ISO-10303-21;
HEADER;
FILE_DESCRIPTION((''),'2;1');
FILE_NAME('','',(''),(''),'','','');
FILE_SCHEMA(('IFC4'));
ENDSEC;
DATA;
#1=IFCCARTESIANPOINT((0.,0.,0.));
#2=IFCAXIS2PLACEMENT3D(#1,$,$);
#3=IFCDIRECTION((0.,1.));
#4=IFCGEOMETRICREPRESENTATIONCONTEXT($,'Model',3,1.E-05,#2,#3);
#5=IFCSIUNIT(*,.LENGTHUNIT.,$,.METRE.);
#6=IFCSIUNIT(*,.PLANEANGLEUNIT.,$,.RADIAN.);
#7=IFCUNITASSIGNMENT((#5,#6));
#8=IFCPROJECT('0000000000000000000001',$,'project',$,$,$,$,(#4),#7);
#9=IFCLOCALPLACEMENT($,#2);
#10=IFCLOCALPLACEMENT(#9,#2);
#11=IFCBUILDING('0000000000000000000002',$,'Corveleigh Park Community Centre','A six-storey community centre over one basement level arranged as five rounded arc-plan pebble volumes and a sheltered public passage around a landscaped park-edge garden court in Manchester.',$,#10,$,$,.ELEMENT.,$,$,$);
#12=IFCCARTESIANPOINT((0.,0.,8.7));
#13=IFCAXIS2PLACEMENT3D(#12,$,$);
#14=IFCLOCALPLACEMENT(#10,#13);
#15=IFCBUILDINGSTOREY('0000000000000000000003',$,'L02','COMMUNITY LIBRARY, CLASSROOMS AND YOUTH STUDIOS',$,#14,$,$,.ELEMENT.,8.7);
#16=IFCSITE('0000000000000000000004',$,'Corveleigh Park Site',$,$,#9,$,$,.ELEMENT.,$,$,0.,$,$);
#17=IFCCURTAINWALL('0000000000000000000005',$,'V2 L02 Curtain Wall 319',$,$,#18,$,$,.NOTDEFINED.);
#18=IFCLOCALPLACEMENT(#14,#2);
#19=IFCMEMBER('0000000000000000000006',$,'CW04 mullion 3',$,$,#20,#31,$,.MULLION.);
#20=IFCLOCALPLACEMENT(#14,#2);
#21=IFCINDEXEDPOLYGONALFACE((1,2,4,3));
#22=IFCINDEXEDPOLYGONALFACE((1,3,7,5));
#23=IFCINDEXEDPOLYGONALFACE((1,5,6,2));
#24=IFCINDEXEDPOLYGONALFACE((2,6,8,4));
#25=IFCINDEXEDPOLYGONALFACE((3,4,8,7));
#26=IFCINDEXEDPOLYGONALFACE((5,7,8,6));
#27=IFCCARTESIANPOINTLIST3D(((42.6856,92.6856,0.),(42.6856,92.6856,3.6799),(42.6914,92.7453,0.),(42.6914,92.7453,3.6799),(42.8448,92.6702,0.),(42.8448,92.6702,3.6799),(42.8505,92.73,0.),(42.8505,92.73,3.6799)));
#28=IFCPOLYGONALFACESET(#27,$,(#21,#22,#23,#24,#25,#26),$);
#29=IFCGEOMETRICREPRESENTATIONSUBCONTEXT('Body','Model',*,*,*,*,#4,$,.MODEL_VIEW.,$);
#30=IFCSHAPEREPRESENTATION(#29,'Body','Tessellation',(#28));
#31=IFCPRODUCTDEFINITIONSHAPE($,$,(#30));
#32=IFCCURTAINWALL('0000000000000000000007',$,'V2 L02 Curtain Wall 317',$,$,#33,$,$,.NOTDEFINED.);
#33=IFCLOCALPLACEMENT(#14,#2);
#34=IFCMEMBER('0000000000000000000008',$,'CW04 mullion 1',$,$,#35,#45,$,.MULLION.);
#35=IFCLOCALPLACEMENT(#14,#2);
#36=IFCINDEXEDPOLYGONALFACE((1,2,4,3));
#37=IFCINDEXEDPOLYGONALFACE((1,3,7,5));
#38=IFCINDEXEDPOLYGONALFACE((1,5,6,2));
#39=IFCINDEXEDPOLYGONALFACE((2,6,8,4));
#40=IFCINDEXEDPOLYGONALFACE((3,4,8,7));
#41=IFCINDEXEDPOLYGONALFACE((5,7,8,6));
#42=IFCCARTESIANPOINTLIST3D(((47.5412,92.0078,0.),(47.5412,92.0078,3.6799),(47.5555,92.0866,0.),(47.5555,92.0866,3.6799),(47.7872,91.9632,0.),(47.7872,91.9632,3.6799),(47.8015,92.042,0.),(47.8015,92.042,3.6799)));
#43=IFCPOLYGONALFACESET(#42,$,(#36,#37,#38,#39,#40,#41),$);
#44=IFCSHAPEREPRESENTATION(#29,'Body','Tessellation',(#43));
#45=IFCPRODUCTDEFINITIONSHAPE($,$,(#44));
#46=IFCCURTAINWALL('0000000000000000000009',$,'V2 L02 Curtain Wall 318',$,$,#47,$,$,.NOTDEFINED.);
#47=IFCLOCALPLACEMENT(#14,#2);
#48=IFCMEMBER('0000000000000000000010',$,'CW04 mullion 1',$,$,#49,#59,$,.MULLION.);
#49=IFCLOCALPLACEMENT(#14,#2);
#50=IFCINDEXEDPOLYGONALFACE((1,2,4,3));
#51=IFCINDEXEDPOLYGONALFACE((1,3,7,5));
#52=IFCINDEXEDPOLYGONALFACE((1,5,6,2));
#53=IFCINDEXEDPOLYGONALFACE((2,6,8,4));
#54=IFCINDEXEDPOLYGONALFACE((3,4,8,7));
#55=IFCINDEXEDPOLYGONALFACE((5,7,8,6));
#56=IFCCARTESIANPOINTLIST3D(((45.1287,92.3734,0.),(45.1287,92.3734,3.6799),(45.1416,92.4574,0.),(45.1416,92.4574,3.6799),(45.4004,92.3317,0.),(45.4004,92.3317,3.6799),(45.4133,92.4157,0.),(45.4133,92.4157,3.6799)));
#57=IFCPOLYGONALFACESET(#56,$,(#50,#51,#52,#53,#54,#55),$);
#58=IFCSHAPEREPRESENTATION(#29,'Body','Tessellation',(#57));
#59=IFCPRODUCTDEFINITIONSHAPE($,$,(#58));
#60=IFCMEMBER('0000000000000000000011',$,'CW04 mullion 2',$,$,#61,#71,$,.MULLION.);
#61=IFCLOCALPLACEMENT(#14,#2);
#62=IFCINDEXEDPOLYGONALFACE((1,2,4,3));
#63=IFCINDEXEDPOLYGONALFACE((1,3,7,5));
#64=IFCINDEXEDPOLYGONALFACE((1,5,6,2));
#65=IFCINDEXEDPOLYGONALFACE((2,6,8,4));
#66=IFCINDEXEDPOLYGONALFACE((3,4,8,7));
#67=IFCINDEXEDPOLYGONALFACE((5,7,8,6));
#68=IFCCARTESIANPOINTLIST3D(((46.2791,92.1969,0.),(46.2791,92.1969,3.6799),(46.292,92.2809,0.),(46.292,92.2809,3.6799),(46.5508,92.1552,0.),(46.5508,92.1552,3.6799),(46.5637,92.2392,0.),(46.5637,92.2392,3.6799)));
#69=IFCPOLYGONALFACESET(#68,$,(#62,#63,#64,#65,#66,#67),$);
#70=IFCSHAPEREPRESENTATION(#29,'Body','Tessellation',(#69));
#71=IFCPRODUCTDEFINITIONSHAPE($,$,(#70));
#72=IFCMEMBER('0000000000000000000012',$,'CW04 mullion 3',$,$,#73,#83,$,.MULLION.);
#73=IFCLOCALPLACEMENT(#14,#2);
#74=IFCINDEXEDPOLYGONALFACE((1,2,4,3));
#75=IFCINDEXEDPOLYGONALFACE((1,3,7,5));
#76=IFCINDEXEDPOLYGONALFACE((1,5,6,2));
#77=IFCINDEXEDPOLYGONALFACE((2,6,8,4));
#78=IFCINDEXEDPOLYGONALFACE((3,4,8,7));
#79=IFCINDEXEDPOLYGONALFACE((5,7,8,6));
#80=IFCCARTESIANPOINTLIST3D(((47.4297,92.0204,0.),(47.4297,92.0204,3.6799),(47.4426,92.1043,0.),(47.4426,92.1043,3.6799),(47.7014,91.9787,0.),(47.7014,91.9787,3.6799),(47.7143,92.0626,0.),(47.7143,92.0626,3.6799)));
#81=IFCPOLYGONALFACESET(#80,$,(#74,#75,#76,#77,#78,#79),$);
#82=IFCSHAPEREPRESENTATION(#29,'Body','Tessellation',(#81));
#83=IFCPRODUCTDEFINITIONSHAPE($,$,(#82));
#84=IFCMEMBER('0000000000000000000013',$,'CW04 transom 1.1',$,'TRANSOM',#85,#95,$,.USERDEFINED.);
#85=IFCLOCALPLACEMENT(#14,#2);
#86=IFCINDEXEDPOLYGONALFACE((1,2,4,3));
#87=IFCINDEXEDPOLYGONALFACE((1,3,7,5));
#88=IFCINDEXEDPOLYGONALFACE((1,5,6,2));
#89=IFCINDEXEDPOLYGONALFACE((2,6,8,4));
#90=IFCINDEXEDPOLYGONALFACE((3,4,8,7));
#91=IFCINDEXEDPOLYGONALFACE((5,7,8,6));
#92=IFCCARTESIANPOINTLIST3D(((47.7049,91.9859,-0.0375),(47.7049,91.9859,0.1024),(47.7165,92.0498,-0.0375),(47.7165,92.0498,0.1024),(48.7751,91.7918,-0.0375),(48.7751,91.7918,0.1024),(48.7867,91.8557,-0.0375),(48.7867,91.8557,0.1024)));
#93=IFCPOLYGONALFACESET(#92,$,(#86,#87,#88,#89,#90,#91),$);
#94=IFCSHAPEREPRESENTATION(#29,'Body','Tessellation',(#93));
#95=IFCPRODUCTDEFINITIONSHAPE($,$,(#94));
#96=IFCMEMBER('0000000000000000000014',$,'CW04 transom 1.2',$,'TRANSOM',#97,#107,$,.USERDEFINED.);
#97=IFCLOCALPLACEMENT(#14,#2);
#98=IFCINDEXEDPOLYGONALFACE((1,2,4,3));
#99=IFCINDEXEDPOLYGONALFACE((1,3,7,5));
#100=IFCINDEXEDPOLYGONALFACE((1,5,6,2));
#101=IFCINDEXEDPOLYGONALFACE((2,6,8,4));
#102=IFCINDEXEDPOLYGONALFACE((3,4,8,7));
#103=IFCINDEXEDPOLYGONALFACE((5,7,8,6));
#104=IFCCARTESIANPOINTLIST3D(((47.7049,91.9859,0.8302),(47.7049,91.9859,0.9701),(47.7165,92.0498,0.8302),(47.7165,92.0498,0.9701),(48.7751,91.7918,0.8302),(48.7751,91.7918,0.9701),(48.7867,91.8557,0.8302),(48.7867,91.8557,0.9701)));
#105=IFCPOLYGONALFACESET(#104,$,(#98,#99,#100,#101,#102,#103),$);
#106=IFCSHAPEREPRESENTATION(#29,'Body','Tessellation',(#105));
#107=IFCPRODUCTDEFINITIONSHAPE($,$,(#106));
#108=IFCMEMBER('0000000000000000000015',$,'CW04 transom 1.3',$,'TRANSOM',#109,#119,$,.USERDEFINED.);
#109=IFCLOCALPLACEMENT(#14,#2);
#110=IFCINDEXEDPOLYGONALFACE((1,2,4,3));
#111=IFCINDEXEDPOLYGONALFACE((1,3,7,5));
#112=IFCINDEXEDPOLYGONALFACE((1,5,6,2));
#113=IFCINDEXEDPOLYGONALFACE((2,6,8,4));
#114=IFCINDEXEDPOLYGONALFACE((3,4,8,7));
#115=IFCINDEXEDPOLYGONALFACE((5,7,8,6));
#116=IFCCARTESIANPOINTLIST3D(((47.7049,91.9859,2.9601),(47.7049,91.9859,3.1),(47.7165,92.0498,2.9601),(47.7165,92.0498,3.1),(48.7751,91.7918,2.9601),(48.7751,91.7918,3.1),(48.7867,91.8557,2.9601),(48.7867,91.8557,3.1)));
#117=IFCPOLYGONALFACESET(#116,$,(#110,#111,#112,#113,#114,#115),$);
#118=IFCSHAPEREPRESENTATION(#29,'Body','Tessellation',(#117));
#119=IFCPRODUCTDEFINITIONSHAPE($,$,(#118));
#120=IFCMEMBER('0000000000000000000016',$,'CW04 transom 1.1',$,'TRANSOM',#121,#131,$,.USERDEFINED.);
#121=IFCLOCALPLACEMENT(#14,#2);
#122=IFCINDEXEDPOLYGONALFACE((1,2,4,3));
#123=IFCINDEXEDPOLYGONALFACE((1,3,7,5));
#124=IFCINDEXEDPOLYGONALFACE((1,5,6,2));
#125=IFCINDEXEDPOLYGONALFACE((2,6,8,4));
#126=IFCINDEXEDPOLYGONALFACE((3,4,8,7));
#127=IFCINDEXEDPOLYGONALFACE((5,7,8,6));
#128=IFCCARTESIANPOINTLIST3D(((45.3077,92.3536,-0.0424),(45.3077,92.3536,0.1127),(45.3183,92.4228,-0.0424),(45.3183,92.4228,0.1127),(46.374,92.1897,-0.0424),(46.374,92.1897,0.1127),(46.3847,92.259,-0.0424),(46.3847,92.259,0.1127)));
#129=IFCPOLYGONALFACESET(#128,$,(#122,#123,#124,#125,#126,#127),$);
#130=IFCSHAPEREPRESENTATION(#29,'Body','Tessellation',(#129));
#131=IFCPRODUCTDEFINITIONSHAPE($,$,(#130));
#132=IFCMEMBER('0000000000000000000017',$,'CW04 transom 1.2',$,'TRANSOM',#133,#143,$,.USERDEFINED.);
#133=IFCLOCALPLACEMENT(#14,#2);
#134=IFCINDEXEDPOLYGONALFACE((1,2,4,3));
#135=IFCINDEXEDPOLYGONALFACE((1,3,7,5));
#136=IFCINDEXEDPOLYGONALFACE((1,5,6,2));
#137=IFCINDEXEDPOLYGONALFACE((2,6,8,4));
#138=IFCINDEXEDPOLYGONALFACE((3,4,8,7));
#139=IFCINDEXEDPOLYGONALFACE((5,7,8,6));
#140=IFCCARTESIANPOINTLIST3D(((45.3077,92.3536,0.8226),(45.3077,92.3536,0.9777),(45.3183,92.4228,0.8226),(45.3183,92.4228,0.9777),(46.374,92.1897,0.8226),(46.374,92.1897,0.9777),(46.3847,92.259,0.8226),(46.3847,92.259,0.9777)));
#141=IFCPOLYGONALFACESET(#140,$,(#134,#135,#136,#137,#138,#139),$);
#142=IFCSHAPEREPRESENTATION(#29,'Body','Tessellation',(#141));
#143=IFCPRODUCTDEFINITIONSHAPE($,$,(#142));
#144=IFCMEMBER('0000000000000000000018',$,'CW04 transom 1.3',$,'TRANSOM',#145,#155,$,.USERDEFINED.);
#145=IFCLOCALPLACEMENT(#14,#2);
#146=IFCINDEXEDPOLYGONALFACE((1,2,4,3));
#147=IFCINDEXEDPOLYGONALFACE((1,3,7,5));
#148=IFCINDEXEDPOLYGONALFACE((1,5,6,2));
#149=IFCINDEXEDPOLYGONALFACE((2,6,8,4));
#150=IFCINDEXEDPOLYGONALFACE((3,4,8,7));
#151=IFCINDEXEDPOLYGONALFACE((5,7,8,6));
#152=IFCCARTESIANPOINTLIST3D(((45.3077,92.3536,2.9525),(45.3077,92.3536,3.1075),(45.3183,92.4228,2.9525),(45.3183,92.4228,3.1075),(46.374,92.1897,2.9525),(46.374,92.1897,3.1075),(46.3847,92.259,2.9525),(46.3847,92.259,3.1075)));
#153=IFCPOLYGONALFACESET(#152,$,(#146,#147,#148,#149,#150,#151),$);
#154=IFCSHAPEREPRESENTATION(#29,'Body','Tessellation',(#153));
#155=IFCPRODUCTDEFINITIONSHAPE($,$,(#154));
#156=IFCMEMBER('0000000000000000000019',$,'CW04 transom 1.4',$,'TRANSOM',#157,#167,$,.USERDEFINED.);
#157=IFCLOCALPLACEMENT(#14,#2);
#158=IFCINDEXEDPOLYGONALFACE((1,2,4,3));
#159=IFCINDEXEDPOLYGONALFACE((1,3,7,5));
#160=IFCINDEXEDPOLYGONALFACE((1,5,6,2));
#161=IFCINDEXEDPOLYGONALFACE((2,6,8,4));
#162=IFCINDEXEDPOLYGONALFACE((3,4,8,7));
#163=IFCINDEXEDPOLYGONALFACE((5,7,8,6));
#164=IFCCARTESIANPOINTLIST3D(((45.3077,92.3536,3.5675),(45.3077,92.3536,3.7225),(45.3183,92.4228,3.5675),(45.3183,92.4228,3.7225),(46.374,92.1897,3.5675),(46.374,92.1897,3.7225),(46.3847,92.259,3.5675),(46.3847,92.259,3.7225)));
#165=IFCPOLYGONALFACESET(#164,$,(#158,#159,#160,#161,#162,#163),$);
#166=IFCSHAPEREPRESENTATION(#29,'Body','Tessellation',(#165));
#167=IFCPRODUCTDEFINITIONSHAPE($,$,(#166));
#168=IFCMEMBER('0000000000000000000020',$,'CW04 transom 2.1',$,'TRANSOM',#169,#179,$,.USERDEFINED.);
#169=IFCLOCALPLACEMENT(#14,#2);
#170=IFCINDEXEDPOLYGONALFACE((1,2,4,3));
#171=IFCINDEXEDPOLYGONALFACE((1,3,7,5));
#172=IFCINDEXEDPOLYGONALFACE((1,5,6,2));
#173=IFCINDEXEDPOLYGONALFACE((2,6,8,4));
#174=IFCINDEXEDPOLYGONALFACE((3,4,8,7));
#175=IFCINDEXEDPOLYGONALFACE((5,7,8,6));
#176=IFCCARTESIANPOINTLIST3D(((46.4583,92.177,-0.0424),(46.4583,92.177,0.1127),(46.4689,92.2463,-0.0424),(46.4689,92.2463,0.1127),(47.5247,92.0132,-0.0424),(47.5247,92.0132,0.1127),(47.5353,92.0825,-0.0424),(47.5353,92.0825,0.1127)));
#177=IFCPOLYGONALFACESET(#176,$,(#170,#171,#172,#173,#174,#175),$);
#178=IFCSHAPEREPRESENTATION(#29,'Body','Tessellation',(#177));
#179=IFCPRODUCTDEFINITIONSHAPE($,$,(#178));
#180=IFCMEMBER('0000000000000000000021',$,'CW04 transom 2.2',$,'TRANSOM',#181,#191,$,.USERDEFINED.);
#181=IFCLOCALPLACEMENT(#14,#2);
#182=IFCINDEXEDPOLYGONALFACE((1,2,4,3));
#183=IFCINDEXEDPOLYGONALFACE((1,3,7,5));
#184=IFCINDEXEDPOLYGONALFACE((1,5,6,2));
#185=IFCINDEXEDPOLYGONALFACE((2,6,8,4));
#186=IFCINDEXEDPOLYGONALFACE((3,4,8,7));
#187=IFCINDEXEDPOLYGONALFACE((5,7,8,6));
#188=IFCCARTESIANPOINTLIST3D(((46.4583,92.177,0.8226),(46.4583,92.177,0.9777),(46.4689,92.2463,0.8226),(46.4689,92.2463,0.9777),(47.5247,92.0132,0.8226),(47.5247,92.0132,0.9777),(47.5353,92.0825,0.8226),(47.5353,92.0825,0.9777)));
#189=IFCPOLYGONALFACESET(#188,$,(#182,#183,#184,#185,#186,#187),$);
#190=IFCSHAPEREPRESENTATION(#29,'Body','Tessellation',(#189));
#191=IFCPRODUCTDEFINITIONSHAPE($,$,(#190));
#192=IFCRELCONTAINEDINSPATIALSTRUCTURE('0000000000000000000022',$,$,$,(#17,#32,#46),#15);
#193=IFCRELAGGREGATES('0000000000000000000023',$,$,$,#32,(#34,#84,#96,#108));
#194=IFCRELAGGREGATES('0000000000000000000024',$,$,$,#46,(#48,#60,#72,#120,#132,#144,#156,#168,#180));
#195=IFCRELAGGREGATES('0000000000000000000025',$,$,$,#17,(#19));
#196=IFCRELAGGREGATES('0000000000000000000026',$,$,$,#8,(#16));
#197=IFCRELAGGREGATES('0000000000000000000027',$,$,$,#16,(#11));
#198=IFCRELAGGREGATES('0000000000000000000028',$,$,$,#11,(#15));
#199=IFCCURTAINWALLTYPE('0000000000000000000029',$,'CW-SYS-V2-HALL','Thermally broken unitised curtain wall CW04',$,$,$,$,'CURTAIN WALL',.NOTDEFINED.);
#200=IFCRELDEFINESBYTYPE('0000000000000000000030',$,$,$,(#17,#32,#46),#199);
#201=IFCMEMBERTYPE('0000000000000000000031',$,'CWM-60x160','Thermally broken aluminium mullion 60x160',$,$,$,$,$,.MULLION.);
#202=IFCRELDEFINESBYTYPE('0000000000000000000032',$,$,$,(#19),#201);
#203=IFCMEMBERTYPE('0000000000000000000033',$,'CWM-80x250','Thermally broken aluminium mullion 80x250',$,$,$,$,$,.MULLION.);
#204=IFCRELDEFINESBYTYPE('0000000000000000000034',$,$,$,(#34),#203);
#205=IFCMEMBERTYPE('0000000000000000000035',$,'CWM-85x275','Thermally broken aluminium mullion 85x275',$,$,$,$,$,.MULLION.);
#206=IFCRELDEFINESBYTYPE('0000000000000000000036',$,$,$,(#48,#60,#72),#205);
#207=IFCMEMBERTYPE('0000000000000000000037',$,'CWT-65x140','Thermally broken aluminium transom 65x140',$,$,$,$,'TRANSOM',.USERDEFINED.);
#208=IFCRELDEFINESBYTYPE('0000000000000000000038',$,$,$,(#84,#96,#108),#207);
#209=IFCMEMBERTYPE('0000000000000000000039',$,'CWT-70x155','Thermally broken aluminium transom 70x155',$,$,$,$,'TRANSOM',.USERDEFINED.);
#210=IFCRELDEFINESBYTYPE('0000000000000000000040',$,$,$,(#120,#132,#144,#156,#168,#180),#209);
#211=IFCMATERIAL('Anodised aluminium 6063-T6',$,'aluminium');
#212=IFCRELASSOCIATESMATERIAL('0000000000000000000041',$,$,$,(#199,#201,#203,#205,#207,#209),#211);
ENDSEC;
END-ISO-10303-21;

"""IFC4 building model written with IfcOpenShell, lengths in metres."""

from ifc_helpers import new_model, si_unit, direction, frame, origin, origin_2d, place, context, subcontext, project, spatial, rectangle, extrude, material, material_profile, profile_set, type_object, element, aggregate, save


model = new_model("IFC4")

# Units and contexts
model_context = context("Model", 3, precision=1e-05, world=origin(), true_north=direction((0.0, 1.0)))
body_context = subcontext(model_context, "Body", "Model", "MODEL_VIEW")
ifc_project = project(units=[si_unit("LENGTHUNIT", "METRE"), si_unit("PLANEANGLEUNIT", "RADIAN")], contexts=[model_context])

# Site, building, storey
site_placement = place(None, origin())
site = spatial("IfcSite", under=ifc_project, at=site_placement, Name="Corveleigh Park Site", CompositionType="ELEMENT", RefElevation=0.0)
building_placement = place(site_placement, origin())
building = spatial("IfcBuilding", under=site, at=building_placement, Name="Corveleigh Park Community Centre", Description="A six-storey community centre over one basement level arranged as five rounded arc-plan pebble volumes and a sheltered public passage around a landscaped park-edge garden court in Manchester.", CompositionType="ELEMENT")
storey_placement = place(building_placement, frame((0.0, 0.0, 8.7)))
storey = spatial("IfcBuildingStorey", under=building, at=storey_placement, Name="L02", Description="COMMUNITY LIBRARY, CLASSROOMS AND YOUTH STUDIOS", CompositionType="ELEMENT", Elevation=8.7)

# Curtain walls, members
ifc_material_1 = material(Name="Anodised aluminium 6063-T6", Category="aluminium")
curtain_wall_type = type_object("IfcCurtainWallType", Name="CW-SYS-V2-HALL", Description="Thermally broken unitised curtain wall CW04", ElementType="CURTAIN WALL", PredefinedType="NOTDEFINED", material=ifc_material_1)
curtain_wall_1_placement = place(storey_placement, origin())
curtain_wall_1 = element("IfcCurtainWall", 1, at=curtain_wall_1_placement, inside=storey, type_object=curtain_wall_type, Name="V2 L02 Curtain Wall 319", PredefinedType="NOTDEFINED")
ifc_material_profile_1 = material_profile(ifc_material_1, rectangle(XDim=0.0601, YDim=0.1599, at=origin_2d()), Name="ALU-M60x160", Category="aluminium")
ifc_profile_set_1 = profile_set([ifc_material_profile_1], Name="Anodised aluminium 6063-T6")
member_type_1 = type_object("IfcMemberType", Name="CWM-60x160", Description="Thermally broken aluminium mullion 60x160", PredefinedType="MULLION", material=ifc_profile_set_1)
member_1_placement = place(storey_placement, frame((42.7681, 92.7078, 0.0), z_axis=(0.0, 0.0, 1.0), x_axis=(0.096139, 0.995368, 0.0)))
member_1 = element("IfcMember", 2, at=member_1_placement, type_object=member_type_1, Name="CW04 mullion 3", PredefinedType="MULLION", context=body_context, shape_type="SweptSolid", body=[
    extrude(rectangle(XDim=0.0601, YDim=0.1599, at=origin_2d()), origin(), (0.0, 0.0, 1.0), 3.6799),
])
curtain_wall_2_placement = place(storey_placement, origin())
curtain_wall_2 = element("IfcCurtainWall", 3, at=curtain_wall_2_placement, inside=storey, type_object=curtain_wall_type, Name="V2 L02 Curtain Wall 317", PredefinedType="NOTDEFINED")
ifc_material_profile_2 = material_profile(ifc_material_1, rectangle(XDim=0.0801, YDim=0.25, at=origin_2d()), Name="ALU-M80x250", Category="aluminium")
ifc_profile_set_2 = profile_set([ifc_material_profile_2], Name="Anodised aluminium 6063-T6")
member_type_2 = type_object("IfcMemberType", Name="CWM-80x250", Description="Thermally broken aluminium mullion 80x250", PredefinedType="MULLION", material=ifc_profile_set_2)
member_2_placement = place(storey_placement, frame((47.6714, 92.0249, 0.0), z_axis=(0.0, 0.0, 1.0), x_axis=(0.178485, 0.983943, 0.0)))
member_2 = element("IfcMember", 4, at=member_2_placement, type_object=member_type_2, Name="CW04 mullion 1", PredefinedType="MULLION", context=body_context, shape_type="SweptSolid", body=[
    extrude(rectangle(XDim=0.0801, YDim=0.25, at=origin_2d()), origin(), (0.0, 0.0, 1.0), 3.6799),
])

# Curtain wall, members
curtain_wall_3_placement = place(storey_placement, origin())
curtain_wall_3 = element("IfcCurtainWall", 5, at=curtain_wall_3_placement, inside=storey, type_object=curtain_wall_type, Name="V2 L02 Curtain Wall 318", PredefinedType="NOTDEFINED")
ifc_material_profile_3 = material_profile(ifc_material_1, rectangle(XDim=0.085, YDim=0.2749, at=origin_2d()), Name="ALU-M85x275", Category="aluminium")
ifc_profile_set_3 = profile_set([ifc_material_profile_3], Name="Anodised aluminium 6063-T6")
member_type_3 = type_object("IfcMemberType", Name="CWM-85x275", Description="Thermally broken aluminium mullion 85x275", PredefinedType="MULLION", material=ifc_profile_set_3)
member_3_placement = place(storey_placement, frame((45.271, 92.3945, 0.0), z_axis=(0.0, 0.0, 1.0), x_axis=(0.151683, 0.988429, 0.0)))
member_3 = element("IfcMember", 6, at=member_3_placement, type_object=member_type_3, Name="CW04 mullion 1", PredefinedType="MULLION", context=body_context, shape_type="SweptSolid", body=[
    extrude(rectangle(XDim=0.085, YDim=0.2749, at=origin_2d()), origin(), (0.0, 0.0, 1.0), 3.6799),
])
member_4_placement = place(storey_placement, frame((46.4214, 92.218, 0.0), z_axis=(0.0, 0.0, 1.0), x_axis=(0.151683, 0.988429, 0.0)))
member_4 = element("IfcMember", 7, at=member_4_placement, type_object=member_type_3, Name="CW04 mullion 2", PredefinedType="MULLION", context=body_context, shape_type="SweptSolid", body=[
    extrude(rectangle(XDim=0.085, YDim=0.2749, at=origin_2d()), origin(), (0.0, 0.0, 1.0), 3.6799),
])
member_5_placement = place(storey_placement, frame((47.572, 92.0415, 0.0), z_axis=(0.0, 0.0, 1.0), x_axis=(0.151683, 0.988429, 0.0)))
member_5 = element("IfcMember", 8, at=member_5_placement, type_object=member_type_3, Name="CW04 mullion 3", PredefinedType="MULLION", context=body_context, shape_type="SweptSolid", body=[
    extrude(rectangle(XDim=0.085, YDim=0.2749, at=origin_2d()), origin(), (0.0, 0.0, 1.0), 3.6799),
])

# Members
ifc_material_profile_4 = material_profile(ifc_material_1, rectangle(XDim=0.0649, YDim=0.1399, at=origin_2d()), Name="ALU-T65x140", Category="aluminium")
ifc_profile_set_4 = profile_set([ifc_material_profile_4], Name="Anodised aluminium 6063-T6")
member_type_4 = type_object("IfcMemberType", Name="CWT-65x140", Description="Thermally broken aluminium transom 65x140", ElementType="TRANSOM", PredefinedType="USERDEFINED", material=ifc_profile_set_4)
member_6_placement = place(storey_placement, frame((47.7107, 92.0178, 0.0325), z_axis=(0.983945, -0.178471, 0.0), x_axis=(0.178471, 0.983945, 0.0)))
member_6 = element("IfcMember", 9, at=member_6_placement, type_object=member_type_4, Name="CW04 transom 1.1", ObjectType="TRANSOM", PredefinedType="USERDEFINED", context=body_context, shape_type="SweptSolid", body=[
    extrude(rectangle(XDim=0.0649, YDim=0.1399, at=origin_2d()), origin(), (0.0, 0.0, 1.0), 1.0876),
])
member_7_placement = place(storey_placement, frame((47.7107, 92.0178, 0.9001), z_axis=(0.983945, -0.178471, 0.0), x_axis=(0.178471, 0.983945, 0.0)))
member_7 = element("IfcMember", 10, at=member_7_placement, type_object=member_type_4, Name="CW04 transom 1.2", ObjectType="TRANSOM", PredefinedType="USERDEFINED", context=body_context, shape_type="SweptSolid", body=[
    extrude(rectangle(XDim=0.0649, YDim=0.1399, at=origin_2d()), origin(), (0.0, 0.0, 1.0), 1.0876),
])
member_8_placement = place(storey_placement, frame((47.7107, 92.0178, 3.03), z_axis=(0.983945, -0.178471, 0.0), x_axis=(0.178471, 0.983945, 0.0)))
member_8 = element("IfcMember", 11, at=member_8_placement, type_object=member_type_4, Name="CW04 transom 1.3", ObjectType="TRANSOM", PredefinedType="USERDEFINED", context=body_context, shape_type="SweptSolid", body=[
    extrude(rectangle(XDim=0.0649, YDim=0.1399, at=origin_2d()), origin(), (0.0, 0.0, 1.0), 1.0876),
])
aggregate(curtain_wall_2, [member_2, member_6, member_7, member_8])
ifc_material_profile_5 = material_profile(ifc_material_1, rectangle(XDim=0.0701, YDim=0.155, at=origin_2d()), Name="ALU-T70x155", Category="aluminium")
ifc_profile_set_5 = profile_set([ifc_material_profile_5], Name="Anodised aluminium 6063-T6")
member_type_5 = type_object("IfcMemberType", Name="CWT-70x155", Description="Thermally broken aluminium transom 70x155", ElementType="TRANSOM", PredefinedType="USERDEFINED", material=ifc_profile_set_5)
member_9_placement = place(storey_placement, frame((45.313, 92.3882, 0.0352), z_axis=(0.988406, -0.151836, 0.0), x_axis=(0.151836, 0.988406, 0.0)))
member_9 = element("IfcMember", 12, at=member_9_placement, type_object=member_type_5, Name="CW04 transom 1.1", ObjectType="TRANSOM", PredefinedType="USERDEFINED", context=body_context, shape_type="SweptSolid", body=[
    extrude(rectangle(XDim=0.0701, YDim=0.155, at=origin_2d()), origin(), (0.0, 0.0, 1.0), 1.0789),
])
member_10_placement = place(storey_placement, frame((45.313, 92.3882, 0.9001), z_axis=(0.988406, -0.151836, 0.0), x_axis=(0.151836, 0.988406, 0.0)))
member_10 = element("IfcMember", 13, at=member_10_placement, type_object=member_type_5, Name="CW04 transom 1.2", ObjectType="TRANSOM", PredefinedType="USERDEFINED", context=body_context, shape_type="SweptSolid", body=[
    extrude(rectangle(XDim=0.0701, YDim=0.155, at=origin_2d()), origin(), (0.0, 0.0, 1.0), 1.0789),
])
member_11_placement = place(storey_placement, frame((45.313, 92.3882, 3.03), z_axis=(0.988406, -0.151836, 0.0), x_axis=(0.151836, 0.988406, 0.0)))
member_11 = element("IfcMember", 14, at=member_11_placement, type_object=member_type_5, Name="CW04 transom 1.3", ObjectType="TRANSOM", PredefinedType="USERDEFINED", context=body_context, shape_type="SweptSolid", body=[
    extrude(rectangle(XDim=0.0701, YDim=0.155, at=origin_2d()), origin(), (0.0, 0.0, 1.0), 1.0789),
])
member_12_placement = place(storey_placement, frame((45.313, 92.3882, 3.645), z_axis=(0.988406, -0.151836, 0.0), x_axis=(0.151836, 0.988406, 0.0)))
member_12 = element("IfcMember", 15, at=member_12_placement, type_object=member_type_5, Name="CW04 transom 1.4", ObjectType="TRANSOM", PredefinedType="USERDEFINED", context=body_context, shape_type="SweptSolid", body=[
    extrude(rectangle(XDim=0.0701, YDim=0.155, at=origin_2d()), origin(), (0.0, 0.0, 1.0), 1.0789),
])
member_13_placement = place(storey_placement, frame((46.4636, 92.2117, 0.0352), z_axis=(0.988406, -0.151836, 0.0), x_axis=(0.151836, 0.988406, 0.0)))
member_13 = element("IfcMember", 16, at=member_13_placement, type_object=member_type_5, Name="CW04 transom 2.1", ObjectType="TRANSOM", PredefinedType="USERDEFINED", context=body_context, shape_type="SweptSolid", body=[
    extrude(rectangle(XDim=0.0701, YDim=0.155, at=origin_2d()), origin(), (0.0, 0.0, 1.0), 1.0789),
])
member_14_placement = place(storey_placement, frame((46.4636, 92.2117, 0.9001), z_axis=(0.988406, -0.151836, 0.0), x_axis=(0.151836, 0.988406, 0.0)))
member_14 = element("IfcMember", 17, at=member_14_placement, type_object=member_type_5, Name="CW04 transom 2.2", ObjectType="TRANSOM", PredefinedType="USERDEFINED", context=body_context, shape_type="SweptSolid", body=[
    extrude(rectangle(XDim=0.0701, YDim=0.155, at=origin_2d()), origin(), (0.0, 0.0, 1.0), 1.0789),
])

aggregate(curtain_wall_3, [member_3, member_4, member_5, member_9, member_10, member_11, member_12, member_13, member_14])
aggregate(curtain_wall_1, [member_1])

save(model, "model.ifc")
